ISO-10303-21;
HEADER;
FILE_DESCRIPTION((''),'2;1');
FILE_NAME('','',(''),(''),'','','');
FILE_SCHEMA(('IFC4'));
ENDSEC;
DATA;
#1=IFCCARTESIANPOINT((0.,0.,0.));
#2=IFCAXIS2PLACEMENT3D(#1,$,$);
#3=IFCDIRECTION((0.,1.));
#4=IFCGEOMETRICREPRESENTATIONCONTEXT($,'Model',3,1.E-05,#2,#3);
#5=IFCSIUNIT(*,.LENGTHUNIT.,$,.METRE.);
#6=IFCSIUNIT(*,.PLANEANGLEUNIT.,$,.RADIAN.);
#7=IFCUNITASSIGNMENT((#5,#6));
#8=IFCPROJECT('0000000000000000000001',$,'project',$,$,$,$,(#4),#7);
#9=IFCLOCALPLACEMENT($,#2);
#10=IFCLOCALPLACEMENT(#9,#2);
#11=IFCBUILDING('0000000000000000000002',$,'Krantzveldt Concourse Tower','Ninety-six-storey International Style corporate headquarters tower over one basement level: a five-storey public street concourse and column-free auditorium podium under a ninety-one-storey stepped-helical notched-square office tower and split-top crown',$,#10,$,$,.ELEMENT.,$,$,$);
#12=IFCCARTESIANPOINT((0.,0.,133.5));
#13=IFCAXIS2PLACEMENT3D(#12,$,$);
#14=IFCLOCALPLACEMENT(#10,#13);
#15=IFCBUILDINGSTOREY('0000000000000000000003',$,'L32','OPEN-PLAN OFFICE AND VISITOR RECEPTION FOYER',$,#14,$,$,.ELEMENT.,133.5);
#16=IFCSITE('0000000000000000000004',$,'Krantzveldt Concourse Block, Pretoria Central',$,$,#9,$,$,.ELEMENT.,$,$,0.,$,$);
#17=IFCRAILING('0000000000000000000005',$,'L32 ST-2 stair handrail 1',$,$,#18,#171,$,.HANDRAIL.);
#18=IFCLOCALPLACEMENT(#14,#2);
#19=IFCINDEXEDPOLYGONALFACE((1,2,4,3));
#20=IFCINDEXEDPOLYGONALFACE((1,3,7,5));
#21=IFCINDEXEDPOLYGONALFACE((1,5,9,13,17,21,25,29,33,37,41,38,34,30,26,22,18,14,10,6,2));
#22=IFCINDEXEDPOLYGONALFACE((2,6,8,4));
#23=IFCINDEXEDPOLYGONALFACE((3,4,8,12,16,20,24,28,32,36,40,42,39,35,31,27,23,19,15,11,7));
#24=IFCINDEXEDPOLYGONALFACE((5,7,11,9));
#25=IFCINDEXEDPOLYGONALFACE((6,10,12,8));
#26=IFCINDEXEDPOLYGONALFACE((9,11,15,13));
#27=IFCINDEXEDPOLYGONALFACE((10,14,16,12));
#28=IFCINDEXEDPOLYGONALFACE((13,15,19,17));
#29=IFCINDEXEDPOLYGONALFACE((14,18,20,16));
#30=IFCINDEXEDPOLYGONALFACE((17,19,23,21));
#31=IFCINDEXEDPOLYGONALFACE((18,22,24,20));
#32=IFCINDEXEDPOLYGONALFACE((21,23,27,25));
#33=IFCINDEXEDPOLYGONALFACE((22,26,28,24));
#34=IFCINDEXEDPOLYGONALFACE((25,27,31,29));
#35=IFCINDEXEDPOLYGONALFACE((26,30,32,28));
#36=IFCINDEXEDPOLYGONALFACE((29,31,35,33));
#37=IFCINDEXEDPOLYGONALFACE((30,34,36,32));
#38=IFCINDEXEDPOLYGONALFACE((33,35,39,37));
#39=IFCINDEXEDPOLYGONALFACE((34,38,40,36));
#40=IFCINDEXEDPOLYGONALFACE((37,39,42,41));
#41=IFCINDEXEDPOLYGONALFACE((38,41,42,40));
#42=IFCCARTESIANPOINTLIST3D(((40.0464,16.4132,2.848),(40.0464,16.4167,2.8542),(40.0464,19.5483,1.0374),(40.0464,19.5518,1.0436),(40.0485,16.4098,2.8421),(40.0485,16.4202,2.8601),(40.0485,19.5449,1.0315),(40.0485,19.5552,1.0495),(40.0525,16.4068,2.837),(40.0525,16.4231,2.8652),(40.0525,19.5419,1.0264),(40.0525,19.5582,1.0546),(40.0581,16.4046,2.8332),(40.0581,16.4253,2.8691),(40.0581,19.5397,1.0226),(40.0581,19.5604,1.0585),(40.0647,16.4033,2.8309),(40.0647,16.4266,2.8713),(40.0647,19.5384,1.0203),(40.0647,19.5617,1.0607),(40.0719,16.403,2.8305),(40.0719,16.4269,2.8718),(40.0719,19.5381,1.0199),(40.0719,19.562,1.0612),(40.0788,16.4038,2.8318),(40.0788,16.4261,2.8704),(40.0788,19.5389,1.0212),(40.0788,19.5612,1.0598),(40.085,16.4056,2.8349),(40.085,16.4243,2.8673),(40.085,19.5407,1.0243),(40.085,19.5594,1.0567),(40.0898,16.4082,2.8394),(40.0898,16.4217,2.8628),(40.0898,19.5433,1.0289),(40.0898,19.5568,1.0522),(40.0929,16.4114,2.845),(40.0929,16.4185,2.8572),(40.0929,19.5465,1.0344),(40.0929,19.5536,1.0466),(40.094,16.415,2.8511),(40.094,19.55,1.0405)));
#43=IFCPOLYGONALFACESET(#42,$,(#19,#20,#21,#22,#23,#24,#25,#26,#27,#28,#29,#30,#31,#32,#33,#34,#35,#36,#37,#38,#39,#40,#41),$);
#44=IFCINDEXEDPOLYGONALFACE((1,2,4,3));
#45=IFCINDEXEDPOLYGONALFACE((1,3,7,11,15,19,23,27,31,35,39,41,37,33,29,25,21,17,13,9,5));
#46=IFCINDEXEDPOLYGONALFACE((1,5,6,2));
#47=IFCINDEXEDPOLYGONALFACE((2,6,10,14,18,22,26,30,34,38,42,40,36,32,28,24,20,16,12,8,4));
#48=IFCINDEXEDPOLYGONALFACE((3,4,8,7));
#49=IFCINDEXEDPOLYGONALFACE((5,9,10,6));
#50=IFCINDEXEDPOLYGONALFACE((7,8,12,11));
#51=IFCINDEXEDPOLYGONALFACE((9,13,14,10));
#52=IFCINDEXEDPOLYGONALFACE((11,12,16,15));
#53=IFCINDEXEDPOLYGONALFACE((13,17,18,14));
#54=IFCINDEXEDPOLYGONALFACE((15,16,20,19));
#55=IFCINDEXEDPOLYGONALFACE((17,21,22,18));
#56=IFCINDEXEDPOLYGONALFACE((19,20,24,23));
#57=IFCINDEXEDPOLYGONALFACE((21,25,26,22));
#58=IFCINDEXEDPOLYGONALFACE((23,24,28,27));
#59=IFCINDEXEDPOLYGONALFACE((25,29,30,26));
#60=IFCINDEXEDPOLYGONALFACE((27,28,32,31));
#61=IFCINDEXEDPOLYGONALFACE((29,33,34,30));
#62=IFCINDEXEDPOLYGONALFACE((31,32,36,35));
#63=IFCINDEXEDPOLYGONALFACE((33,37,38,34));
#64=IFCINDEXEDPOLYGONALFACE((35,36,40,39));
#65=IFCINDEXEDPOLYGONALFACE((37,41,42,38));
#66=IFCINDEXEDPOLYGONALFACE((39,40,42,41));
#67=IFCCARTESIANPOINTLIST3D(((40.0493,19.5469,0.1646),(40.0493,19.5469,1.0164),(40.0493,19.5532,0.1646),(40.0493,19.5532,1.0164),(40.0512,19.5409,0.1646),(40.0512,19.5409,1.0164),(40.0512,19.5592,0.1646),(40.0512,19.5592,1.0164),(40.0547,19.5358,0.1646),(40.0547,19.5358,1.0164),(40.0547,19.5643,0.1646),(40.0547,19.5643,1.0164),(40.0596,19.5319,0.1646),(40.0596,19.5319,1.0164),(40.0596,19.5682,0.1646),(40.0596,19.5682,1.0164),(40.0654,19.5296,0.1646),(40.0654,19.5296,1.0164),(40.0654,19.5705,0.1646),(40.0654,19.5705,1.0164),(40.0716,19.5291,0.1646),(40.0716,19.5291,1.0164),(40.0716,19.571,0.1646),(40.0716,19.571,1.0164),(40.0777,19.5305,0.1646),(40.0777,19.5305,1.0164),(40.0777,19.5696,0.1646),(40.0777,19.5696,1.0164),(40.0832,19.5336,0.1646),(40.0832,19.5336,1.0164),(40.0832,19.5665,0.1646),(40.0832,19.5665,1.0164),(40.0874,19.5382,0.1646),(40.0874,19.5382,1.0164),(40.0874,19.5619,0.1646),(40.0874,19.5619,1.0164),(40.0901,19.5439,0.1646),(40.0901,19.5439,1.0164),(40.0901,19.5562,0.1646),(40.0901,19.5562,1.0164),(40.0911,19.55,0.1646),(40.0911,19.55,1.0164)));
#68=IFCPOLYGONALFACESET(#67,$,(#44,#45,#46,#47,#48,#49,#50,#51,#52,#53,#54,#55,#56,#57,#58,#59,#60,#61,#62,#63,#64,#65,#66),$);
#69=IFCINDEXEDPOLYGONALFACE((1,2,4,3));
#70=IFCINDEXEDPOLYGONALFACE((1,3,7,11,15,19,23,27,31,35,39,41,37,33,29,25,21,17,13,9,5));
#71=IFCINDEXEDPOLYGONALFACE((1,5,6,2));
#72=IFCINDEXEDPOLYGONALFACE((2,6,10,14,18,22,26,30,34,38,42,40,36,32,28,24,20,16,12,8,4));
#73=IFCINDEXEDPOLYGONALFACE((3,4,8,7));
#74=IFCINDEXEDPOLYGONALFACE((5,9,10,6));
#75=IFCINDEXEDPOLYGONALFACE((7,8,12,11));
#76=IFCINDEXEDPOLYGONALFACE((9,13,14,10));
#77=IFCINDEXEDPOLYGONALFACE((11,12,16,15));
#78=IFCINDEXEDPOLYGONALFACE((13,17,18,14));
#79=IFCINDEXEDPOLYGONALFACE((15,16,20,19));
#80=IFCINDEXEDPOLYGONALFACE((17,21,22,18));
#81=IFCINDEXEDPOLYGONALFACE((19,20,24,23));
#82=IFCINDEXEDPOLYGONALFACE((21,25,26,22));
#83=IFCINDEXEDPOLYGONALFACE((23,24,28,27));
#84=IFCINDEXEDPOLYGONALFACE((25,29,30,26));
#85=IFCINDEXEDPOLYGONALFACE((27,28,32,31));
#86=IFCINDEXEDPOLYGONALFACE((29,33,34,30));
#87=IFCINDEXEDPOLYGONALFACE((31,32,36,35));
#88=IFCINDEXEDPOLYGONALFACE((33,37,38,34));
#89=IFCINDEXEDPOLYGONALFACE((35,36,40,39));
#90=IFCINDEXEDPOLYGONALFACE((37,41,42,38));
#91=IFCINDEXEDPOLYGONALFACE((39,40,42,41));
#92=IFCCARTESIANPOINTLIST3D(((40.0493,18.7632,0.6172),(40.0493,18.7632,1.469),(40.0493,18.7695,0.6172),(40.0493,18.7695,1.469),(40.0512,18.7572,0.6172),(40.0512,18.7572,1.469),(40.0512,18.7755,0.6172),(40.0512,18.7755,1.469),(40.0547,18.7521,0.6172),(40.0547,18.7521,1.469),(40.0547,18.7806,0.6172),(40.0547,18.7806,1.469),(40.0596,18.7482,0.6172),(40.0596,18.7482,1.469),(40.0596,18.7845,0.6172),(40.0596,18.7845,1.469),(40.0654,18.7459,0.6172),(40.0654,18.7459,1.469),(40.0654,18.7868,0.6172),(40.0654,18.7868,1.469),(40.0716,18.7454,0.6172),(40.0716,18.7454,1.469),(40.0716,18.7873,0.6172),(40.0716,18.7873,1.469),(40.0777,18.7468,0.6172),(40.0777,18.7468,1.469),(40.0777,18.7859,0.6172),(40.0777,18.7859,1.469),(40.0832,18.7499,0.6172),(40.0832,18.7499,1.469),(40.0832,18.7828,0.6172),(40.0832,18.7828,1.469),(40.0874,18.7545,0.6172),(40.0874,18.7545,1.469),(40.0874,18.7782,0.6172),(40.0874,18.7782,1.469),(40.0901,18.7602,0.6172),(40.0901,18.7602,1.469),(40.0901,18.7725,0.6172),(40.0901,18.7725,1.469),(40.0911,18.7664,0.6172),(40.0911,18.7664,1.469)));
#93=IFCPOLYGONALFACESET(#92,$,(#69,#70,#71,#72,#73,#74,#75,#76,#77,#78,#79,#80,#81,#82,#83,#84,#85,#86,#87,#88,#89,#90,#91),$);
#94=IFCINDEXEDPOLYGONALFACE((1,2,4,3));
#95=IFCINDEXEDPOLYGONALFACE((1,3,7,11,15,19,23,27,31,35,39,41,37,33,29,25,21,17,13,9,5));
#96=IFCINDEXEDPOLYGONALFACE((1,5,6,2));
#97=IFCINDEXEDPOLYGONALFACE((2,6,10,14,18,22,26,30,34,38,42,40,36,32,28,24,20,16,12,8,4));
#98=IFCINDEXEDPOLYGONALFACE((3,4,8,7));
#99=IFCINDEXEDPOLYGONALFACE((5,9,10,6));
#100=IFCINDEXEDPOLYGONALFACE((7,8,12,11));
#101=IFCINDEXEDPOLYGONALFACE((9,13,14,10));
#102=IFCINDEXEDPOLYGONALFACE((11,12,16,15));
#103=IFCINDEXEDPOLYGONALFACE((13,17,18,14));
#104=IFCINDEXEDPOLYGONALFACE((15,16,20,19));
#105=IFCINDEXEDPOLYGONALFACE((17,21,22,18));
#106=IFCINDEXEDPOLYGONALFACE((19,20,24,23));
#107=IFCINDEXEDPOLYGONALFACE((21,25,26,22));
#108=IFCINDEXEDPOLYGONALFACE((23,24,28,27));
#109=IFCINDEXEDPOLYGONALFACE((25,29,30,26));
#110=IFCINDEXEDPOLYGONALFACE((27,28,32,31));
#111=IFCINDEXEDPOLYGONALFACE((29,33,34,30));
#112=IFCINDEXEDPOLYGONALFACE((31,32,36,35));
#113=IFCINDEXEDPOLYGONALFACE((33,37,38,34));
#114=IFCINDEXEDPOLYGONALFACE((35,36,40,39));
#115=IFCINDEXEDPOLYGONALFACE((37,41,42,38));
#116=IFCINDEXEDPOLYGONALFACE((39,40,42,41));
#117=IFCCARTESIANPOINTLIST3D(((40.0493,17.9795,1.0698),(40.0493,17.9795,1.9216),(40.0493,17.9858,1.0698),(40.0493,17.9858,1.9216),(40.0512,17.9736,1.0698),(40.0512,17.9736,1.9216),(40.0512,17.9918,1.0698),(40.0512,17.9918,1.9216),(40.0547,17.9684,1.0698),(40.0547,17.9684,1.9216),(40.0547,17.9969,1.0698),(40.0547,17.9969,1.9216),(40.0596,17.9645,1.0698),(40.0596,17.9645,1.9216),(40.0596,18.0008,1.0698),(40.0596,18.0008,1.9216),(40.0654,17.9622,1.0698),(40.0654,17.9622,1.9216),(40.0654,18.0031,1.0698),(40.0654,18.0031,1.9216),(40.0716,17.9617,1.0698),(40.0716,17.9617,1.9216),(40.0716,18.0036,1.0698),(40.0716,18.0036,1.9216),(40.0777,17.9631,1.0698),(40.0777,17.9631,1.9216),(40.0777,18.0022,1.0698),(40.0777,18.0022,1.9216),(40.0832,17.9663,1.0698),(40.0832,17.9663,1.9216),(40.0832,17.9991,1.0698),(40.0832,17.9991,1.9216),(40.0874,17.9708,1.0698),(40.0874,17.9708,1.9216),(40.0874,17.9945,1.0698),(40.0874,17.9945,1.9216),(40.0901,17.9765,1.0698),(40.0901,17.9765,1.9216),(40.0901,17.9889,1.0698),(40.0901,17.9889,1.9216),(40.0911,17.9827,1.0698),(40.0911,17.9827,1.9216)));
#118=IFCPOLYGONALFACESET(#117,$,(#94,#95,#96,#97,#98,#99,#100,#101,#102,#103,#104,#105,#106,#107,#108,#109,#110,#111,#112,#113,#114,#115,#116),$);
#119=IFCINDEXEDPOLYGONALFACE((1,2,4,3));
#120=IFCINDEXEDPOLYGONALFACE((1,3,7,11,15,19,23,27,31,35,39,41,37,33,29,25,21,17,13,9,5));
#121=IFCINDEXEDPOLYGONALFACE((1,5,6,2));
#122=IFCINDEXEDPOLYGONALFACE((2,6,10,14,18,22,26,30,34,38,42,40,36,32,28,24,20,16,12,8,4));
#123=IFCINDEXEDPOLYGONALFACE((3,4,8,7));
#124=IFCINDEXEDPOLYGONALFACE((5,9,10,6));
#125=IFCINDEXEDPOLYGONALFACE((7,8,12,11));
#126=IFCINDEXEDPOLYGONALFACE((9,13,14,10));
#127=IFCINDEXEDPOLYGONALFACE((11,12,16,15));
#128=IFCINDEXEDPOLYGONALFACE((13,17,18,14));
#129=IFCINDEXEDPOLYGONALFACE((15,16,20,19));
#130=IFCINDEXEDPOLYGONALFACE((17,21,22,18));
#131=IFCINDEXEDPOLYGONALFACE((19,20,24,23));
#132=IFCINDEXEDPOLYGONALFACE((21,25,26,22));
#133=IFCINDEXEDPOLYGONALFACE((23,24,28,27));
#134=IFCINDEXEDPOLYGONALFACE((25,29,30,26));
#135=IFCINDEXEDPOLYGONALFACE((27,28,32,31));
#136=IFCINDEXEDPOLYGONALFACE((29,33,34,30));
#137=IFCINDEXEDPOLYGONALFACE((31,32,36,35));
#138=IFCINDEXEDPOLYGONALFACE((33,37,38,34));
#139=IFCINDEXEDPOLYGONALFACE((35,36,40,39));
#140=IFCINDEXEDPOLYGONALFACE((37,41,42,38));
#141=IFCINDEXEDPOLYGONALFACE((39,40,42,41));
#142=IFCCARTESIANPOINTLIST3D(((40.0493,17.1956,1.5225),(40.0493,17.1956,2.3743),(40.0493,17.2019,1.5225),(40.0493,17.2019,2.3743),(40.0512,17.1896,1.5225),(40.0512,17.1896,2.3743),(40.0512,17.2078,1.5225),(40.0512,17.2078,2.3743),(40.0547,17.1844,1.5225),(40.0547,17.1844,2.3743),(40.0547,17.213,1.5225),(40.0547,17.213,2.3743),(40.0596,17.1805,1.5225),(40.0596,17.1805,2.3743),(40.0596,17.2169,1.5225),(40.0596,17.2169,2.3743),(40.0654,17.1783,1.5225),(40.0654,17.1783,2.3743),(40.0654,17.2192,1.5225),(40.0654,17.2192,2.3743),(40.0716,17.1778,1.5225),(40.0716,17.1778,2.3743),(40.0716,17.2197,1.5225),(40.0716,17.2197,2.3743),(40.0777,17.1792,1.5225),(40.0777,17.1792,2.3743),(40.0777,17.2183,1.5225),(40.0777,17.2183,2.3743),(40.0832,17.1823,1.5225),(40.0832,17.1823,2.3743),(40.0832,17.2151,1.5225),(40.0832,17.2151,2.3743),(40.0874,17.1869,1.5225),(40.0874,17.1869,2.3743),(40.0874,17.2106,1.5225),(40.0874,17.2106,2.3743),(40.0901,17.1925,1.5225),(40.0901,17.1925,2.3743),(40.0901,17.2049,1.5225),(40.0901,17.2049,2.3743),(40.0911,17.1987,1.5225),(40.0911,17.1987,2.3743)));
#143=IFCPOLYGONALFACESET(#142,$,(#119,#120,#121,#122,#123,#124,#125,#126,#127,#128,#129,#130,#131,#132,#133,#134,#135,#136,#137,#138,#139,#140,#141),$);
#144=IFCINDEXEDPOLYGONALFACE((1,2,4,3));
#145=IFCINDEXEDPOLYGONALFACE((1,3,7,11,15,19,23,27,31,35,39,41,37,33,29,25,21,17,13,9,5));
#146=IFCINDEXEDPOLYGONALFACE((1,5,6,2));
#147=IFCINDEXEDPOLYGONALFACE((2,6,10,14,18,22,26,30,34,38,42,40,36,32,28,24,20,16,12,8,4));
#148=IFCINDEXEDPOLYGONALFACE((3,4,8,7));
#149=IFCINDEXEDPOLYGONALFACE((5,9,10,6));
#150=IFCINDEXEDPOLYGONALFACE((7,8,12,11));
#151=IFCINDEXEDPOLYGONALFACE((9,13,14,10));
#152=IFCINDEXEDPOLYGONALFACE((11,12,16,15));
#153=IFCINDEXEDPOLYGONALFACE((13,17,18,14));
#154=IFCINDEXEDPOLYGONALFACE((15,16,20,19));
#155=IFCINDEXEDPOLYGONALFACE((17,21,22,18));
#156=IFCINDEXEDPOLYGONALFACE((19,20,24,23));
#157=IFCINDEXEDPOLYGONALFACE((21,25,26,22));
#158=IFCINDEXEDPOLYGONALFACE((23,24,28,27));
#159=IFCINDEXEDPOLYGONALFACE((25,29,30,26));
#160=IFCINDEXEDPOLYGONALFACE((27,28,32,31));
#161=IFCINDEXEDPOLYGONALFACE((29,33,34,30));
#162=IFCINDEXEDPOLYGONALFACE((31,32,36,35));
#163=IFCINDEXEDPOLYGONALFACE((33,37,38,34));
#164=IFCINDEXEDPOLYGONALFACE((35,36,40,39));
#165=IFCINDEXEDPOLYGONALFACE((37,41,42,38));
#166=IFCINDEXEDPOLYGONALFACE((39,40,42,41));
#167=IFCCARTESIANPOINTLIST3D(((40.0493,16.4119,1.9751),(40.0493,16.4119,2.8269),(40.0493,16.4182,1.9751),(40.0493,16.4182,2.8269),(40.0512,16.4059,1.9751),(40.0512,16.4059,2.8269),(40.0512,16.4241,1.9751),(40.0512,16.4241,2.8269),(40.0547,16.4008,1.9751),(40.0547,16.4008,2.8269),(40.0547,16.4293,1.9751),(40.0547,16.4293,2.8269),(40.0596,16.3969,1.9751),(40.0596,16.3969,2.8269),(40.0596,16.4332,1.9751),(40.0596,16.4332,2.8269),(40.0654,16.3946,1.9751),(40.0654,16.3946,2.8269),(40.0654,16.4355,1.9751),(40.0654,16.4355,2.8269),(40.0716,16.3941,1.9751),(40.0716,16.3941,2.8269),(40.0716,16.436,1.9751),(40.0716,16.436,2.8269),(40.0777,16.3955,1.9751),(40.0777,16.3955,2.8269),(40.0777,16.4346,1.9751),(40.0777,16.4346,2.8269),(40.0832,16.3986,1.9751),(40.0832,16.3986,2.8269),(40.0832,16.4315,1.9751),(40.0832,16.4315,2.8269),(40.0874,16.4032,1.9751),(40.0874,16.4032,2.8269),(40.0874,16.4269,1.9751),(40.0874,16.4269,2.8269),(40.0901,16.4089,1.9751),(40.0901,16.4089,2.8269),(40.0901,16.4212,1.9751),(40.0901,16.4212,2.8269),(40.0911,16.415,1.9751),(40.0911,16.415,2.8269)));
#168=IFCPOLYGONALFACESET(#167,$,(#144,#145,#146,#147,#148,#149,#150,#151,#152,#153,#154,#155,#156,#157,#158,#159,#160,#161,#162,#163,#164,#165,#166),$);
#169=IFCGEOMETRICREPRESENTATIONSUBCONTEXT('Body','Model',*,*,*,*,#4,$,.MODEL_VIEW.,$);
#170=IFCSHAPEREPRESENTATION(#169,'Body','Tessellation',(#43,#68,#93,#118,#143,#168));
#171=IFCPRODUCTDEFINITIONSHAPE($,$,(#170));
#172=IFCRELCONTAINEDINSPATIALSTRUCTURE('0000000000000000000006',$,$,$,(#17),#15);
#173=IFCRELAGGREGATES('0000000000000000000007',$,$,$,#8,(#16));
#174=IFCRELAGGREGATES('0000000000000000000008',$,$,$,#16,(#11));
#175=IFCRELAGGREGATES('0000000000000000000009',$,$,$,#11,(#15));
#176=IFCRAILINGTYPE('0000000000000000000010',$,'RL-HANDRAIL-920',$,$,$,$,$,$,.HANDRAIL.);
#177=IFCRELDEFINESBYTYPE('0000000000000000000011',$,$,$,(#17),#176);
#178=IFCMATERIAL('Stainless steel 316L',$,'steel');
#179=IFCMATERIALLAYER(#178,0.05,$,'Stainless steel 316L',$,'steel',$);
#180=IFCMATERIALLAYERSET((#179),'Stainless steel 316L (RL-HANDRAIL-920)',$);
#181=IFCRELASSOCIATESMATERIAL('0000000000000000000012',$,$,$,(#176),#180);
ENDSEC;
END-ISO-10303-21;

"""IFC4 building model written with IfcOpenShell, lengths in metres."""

from ifc_helpers import new_model, si_unit, direction, frame, origin, origin_2d, place, context, subcontext, project, spatial, circle, extrude, material, layer, layer_set, type_object, element, save


model = new_model("IFC4")

# Units and contexts
model_context = context("Model", 3, precision=1e-05, world=origin(), true_north=direction((0.0, 1.0)))
body_context = subcontext(model_context, "Body", "Model", "MODEL_VIEW")
ifc_project = project(units=[si_unit("LENGTHUNIT", "METRE"), si_unit("PLANEANGLEUNIT", "RADIAN")], contexts=[model_context])

# Site, building, storey
site_placement = place(None, origin())
site = spatial("IfcSite", under=ifc_project, at=site_placement, Name="Krantzveldt Concourse Block, Pretoria Central", CompositionType="ELEMENT", RefElevation=0.0)
building_placement = place(site_placement, origin())
building = spatial("IfcBuilding", under=site, at=building_placement, Name="Krantzveldt Concourse Tower", Description="Ninety-six-storey International Style corporate headquarters tower over one basement level: a five-storey public street concourse and column-free auditorium podium under a ninety-one-storey stepped-helical notched-square office tower and split-top crown", CompositionType="ELEMENT")
storey_placement = place(building_placement, frame((0.0, 0.0, 133.5)))
storey = spatial("IfcBuildingStorey", under=building, at=storey_placement, Name="L32", Description="OPEN-PLAN OFFICE AND VISITOR RECEPTION FOYER", CompositionType="ELEMENT", Elevation=133.5)

# Shared definitions
ifc_material_1 = material(Name="Stainless steel 316L", Category="steel")

# Railing
ifc_layer_1 = layer(ifc_material_1, 0.05, Name="Stainless steel 316L", Category="steel")
ifc_layer_set_1 = layer_set([ifc_layer_1], Name="Stainless steel 316L (RL-HANDRAIL-920)")
railing_type_1 = type_object("IfcRailingType", Name="RL-HANDRAIL-920", PredefinedType="HANDRAIL", material=ifc_layer_set_1)
railing_1_placement = place(storey_placement, frame((40.0701, 19.55, 0.1646)))
element("IfcRailing", 1, at=railing_1_placement, inside=storey, type_object=railing_type_1, Name="L32 ST-2 stair handrail 1", PredefinedType="HANDRAIL", context=body_context, shape_type="SweptSolid", body=[
    extrude(circle(Radius=0.0239, at=origin_2d()), frame((0.0, 0.0, 0.876), z_axis=(0.0, -0.86596, 0.500114), x_axis=(1.0, 0.0, 0.0)), (0.0, 0.0, 1.0), 3.6204),
    extrude(circle(Radius=0.021, at=origin_2d()), origin(), (0.0, 0.0, 1.0), 0.8518),
    extrude(circle(Radius=0.021, at=origin_2d()), frame((0.0, -0.7837, 0.4526)), (0.0, 0.0, 1.0), 0.8518),
    extrude(circle(Radius=0.021, at=origin_2d()), frame((0.0, -1.5674, 0.9053)), (0.0, 0.0, 1.0), 0.8518),
    extrude(circle(Radius=0.021, at=origin_2d()), frame((0.0, -2.3513, 1.3579)), (0.0, 0.0, 1.0), 0.8518),
    extrude(circle(Radius=0.021, at=origin_2d()), frame((0.0, -3.135, 1.8105)), (0.0, 0.0, 1.0), 0.8518),
])

save(model, "model.ifc")
